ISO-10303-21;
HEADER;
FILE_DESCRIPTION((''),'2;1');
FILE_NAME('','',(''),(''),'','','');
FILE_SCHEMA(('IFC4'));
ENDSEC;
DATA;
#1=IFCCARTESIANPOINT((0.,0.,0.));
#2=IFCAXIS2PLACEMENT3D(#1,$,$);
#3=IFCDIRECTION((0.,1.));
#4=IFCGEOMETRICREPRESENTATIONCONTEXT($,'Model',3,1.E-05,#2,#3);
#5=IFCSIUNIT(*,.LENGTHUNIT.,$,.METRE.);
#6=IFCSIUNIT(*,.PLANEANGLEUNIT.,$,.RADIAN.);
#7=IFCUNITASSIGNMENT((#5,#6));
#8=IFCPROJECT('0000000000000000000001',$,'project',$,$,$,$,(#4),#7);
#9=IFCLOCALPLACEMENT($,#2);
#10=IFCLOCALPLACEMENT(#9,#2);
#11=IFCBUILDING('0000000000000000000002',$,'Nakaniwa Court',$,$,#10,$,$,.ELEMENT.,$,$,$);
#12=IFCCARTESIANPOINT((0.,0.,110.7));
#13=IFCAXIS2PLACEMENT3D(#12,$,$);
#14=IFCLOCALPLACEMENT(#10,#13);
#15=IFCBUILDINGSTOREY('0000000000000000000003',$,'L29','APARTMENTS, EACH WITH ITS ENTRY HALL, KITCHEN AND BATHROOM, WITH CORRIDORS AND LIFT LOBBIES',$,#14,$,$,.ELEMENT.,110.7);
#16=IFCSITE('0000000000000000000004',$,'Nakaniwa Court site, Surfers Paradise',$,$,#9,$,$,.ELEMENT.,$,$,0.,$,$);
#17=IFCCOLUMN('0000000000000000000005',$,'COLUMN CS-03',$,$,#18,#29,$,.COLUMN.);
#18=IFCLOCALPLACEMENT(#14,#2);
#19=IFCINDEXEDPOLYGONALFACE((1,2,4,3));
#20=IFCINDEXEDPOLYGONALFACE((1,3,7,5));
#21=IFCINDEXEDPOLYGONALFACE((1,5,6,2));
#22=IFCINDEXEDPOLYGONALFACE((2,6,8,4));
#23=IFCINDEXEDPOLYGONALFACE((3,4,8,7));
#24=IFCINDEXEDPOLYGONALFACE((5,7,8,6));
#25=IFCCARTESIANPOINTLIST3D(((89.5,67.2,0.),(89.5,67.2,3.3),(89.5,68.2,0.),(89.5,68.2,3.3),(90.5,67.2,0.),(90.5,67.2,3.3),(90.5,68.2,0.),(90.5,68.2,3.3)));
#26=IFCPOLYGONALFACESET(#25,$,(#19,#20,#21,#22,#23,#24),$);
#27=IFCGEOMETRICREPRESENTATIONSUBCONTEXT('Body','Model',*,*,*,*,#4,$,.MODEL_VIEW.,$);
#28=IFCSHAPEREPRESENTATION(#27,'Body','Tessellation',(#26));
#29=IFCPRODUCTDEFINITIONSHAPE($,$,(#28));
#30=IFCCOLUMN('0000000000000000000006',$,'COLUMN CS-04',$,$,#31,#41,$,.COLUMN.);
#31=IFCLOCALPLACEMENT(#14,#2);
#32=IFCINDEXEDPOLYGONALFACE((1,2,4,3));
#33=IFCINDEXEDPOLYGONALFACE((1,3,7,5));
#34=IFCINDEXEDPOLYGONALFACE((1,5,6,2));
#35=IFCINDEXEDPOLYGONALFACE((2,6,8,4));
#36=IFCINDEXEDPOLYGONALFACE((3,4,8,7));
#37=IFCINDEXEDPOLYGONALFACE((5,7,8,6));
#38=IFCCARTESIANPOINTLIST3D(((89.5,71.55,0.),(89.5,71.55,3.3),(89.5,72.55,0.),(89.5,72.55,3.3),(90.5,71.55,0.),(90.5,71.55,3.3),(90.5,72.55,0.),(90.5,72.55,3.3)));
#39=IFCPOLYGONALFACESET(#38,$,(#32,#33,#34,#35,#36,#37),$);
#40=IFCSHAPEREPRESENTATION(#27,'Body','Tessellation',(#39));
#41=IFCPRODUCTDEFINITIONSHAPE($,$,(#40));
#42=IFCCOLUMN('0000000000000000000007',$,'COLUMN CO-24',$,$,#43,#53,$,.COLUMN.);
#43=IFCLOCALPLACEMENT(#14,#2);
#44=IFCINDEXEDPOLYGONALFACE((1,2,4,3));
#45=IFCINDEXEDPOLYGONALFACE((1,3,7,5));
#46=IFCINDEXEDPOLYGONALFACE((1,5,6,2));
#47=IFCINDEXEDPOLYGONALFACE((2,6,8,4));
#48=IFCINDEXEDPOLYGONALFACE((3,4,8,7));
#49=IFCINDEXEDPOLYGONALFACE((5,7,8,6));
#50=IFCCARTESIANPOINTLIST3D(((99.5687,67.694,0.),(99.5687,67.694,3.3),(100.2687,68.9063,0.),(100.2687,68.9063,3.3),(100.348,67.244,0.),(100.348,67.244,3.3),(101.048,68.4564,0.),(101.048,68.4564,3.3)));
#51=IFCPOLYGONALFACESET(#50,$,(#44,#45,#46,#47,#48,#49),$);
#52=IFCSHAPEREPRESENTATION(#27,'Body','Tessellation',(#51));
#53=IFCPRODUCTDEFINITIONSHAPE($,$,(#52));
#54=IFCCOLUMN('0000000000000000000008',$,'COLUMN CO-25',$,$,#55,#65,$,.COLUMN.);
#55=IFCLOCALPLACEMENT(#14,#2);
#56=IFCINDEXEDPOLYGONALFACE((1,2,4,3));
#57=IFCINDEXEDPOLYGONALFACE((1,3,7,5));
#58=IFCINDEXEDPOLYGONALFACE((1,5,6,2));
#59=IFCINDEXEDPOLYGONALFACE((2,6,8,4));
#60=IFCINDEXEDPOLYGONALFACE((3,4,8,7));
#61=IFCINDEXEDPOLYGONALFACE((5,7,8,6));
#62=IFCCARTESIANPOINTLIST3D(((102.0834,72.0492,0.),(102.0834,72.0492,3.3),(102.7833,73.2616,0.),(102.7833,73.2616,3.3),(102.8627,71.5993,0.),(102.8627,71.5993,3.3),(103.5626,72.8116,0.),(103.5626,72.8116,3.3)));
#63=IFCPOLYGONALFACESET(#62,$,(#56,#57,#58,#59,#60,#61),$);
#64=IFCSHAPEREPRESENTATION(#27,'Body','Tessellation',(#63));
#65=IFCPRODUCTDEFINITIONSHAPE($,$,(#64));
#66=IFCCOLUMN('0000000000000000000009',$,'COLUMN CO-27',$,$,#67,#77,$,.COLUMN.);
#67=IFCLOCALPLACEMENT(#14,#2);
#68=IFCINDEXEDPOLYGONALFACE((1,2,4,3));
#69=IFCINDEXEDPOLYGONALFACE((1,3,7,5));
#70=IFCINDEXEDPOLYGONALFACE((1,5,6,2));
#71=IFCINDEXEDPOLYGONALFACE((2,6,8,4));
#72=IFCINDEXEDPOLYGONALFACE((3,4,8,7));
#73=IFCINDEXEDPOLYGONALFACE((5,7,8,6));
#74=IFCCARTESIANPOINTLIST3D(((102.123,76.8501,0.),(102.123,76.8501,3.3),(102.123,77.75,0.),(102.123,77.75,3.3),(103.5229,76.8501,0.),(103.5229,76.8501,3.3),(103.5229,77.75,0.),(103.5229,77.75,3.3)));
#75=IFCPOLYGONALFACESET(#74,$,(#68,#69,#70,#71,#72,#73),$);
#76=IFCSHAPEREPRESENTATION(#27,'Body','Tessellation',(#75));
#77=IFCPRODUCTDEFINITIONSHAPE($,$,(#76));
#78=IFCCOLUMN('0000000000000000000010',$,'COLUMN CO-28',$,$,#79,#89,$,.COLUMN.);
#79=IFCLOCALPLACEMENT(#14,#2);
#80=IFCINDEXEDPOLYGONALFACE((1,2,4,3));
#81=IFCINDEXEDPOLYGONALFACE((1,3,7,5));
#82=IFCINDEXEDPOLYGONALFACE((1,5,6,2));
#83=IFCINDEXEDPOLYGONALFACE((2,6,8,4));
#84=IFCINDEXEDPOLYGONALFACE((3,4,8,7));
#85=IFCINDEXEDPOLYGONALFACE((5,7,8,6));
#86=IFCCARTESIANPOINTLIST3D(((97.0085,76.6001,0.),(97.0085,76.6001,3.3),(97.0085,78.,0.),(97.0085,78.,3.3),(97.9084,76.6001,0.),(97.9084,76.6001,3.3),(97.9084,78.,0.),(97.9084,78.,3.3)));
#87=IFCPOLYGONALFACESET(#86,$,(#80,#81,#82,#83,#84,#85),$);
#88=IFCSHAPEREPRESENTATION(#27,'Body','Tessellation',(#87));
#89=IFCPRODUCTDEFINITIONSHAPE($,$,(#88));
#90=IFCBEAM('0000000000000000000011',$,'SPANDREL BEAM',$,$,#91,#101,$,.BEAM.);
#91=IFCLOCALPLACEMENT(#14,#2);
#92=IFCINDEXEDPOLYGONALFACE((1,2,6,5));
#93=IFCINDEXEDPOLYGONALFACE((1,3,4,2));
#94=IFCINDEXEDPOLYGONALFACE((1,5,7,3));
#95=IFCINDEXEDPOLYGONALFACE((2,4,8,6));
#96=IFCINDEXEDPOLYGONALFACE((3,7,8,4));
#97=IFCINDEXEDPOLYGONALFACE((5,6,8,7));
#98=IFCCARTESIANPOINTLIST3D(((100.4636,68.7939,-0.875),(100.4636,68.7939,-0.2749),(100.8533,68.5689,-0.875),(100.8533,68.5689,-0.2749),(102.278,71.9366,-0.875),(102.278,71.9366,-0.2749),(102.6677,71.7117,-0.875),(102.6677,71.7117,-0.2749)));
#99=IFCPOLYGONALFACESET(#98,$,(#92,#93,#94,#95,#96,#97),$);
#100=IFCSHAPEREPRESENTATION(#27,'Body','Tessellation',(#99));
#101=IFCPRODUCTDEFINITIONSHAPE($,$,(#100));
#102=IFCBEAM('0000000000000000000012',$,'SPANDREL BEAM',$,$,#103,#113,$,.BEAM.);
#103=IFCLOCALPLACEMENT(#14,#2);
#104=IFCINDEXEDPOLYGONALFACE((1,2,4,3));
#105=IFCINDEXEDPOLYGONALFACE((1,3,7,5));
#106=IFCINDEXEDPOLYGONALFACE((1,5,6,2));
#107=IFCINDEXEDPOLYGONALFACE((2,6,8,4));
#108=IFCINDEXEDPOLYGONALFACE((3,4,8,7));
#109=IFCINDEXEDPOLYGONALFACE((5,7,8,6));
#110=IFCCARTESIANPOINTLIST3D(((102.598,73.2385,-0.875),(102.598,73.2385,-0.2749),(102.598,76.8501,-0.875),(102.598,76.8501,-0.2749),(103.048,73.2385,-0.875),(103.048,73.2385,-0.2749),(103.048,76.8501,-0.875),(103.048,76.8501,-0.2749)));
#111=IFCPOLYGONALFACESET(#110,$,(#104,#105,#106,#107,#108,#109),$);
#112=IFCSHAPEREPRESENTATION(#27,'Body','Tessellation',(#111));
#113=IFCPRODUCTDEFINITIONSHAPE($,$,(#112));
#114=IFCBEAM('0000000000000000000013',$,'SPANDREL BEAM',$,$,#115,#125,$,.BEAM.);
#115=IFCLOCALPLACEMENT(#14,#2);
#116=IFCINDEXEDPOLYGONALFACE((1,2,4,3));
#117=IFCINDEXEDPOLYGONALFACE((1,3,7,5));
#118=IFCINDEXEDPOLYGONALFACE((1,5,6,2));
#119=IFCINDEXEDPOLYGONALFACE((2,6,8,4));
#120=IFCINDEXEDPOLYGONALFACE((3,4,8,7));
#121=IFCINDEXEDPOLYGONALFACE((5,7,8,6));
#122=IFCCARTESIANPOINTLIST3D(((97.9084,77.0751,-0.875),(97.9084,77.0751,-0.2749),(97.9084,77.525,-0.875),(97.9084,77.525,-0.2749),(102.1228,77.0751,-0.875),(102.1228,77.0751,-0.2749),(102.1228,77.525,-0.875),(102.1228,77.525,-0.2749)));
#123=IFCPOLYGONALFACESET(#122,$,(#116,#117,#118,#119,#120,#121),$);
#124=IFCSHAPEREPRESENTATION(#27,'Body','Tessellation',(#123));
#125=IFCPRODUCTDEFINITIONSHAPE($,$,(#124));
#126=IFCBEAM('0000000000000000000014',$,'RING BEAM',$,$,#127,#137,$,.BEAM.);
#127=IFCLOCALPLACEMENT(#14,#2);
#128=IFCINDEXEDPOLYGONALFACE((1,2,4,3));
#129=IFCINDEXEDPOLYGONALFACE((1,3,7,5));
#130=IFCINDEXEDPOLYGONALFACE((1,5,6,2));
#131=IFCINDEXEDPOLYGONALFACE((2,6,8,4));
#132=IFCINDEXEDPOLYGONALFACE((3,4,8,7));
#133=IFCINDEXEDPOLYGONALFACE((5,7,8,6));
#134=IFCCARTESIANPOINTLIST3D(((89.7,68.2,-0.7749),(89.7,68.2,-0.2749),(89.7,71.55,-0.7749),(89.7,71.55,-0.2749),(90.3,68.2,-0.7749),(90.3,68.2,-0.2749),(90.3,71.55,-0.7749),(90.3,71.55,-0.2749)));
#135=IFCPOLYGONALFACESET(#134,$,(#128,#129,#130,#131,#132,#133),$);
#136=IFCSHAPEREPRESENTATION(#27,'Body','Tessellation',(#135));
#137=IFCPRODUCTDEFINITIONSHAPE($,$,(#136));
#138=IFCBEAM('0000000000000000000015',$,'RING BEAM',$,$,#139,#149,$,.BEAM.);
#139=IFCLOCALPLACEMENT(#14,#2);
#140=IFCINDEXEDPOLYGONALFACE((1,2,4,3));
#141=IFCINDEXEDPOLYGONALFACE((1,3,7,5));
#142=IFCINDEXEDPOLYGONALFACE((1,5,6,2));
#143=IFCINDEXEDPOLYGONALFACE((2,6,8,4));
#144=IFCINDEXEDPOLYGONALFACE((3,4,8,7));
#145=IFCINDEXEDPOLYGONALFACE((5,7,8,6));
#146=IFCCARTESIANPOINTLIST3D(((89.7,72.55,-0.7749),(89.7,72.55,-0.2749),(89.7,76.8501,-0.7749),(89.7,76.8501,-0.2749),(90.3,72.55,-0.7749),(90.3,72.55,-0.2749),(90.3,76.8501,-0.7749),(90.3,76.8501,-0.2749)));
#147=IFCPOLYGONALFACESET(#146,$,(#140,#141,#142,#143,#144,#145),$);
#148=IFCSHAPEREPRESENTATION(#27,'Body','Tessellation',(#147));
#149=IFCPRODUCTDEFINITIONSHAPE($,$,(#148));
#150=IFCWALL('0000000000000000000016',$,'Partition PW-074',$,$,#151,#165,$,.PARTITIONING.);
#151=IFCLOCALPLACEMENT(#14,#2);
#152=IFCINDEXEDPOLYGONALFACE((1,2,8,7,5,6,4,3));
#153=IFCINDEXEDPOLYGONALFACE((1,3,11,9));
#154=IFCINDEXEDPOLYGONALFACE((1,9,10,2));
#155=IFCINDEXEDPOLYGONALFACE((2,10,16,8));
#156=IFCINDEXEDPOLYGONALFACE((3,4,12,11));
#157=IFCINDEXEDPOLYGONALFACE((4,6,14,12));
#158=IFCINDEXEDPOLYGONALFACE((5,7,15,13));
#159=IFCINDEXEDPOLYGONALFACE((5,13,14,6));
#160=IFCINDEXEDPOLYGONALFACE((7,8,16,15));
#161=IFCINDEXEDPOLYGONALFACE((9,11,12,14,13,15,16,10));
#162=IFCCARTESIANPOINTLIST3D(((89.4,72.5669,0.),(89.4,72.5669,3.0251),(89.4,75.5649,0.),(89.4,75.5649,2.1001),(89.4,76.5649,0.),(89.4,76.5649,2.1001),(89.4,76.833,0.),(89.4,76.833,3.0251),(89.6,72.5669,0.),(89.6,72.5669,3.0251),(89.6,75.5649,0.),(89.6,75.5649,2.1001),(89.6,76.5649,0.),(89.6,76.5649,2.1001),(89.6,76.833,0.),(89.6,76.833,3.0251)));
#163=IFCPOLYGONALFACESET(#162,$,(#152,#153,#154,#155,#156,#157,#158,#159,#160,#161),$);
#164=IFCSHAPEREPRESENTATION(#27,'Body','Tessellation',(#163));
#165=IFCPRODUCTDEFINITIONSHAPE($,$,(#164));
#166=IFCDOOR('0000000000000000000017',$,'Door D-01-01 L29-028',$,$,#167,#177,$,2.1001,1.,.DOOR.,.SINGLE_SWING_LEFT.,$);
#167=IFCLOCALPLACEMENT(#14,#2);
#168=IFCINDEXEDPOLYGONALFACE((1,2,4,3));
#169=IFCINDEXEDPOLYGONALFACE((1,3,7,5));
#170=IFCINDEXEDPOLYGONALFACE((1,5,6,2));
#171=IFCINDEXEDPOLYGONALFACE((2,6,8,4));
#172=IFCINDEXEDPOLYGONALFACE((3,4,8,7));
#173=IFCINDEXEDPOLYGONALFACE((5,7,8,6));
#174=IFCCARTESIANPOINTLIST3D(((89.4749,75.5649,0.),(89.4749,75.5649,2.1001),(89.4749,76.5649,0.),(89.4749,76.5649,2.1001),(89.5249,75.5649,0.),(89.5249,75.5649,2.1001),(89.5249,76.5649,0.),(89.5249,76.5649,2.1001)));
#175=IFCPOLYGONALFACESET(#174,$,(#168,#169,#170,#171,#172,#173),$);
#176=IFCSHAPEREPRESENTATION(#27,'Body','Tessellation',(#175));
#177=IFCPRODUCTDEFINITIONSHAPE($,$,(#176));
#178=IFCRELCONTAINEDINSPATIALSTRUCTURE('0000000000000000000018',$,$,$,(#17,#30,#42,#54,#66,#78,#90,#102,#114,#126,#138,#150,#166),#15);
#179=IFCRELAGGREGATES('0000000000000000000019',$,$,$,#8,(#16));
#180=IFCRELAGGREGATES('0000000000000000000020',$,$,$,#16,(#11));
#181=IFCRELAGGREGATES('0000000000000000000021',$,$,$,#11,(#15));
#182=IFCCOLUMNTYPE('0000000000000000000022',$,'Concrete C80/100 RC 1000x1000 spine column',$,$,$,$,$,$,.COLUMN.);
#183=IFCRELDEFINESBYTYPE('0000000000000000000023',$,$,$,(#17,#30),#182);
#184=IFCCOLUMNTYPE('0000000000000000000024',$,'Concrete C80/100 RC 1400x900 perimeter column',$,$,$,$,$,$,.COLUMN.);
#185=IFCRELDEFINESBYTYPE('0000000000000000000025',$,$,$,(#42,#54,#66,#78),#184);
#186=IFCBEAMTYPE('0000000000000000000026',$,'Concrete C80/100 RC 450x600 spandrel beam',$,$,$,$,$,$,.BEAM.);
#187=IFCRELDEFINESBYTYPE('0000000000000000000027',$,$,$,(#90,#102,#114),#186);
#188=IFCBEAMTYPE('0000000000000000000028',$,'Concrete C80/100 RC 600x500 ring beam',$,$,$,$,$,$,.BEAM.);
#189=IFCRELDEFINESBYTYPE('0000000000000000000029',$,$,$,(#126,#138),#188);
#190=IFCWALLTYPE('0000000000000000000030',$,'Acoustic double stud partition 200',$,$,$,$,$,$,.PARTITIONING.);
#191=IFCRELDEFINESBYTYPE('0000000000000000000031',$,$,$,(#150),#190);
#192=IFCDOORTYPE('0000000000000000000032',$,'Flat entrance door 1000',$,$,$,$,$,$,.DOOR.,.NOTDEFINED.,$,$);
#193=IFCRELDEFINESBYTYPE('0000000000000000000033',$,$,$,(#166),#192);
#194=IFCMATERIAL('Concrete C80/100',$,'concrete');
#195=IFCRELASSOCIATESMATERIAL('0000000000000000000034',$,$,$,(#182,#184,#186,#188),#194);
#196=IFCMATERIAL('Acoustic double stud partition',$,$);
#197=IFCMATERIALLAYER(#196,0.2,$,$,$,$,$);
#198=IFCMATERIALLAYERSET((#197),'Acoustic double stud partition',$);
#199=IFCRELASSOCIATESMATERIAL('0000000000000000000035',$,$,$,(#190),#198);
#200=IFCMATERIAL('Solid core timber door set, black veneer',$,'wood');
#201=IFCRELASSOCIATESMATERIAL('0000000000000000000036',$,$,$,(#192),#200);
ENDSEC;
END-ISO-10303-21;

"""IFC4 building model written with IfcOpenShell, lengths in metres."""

from ifc_helpers import new_model, si_unit, direction, frame, frame_2d, origin, origin_2d, place, context, subcontext, project, spatial, rectangle, extrude, material, layer, layer_set, material_profile, profile_set, type_object, element, fill, save


model = new_model("IFC4")

# Units and contexts
model_context = context("Model", 3, precision=1e-05, world=origin(), true_north=direction((0.0, 1.0)))
body_context = subcontext(model_context, "Body", "Model", "MODEL_VIEW")
ifc_project = project(units=[si_unit("LENGTHUNIT", "METRE"), si_unit("PLANEANGLEUNIT", "RADIAN")], contexts=[model_context])

# Site, building, storey
site_placement = place(None, origin())
site = spatial("IfcSite", under=ifc_project, at=site_placement, Name="Nakaniwa Court site, Surfers Paradise", CompositionType="ELEMENT", RefElevation=0.0)
building_placement = place(site_placement, origin())
building = spatial("IfcBuilding", under=site, at=building_placement, Name="Nakaniwa Court", CompositionType="ELEMENT")
storey_placement = place(building_placement, frame((0.0, 0.0, 110.7)))
storey = spatial("IfcBuildingStorey", under=building, at=storey_placement, Name="L29", Description="APARTMENTS, EACH WITH ITS ENTRY HALL, KITCHEN AND BATHROOM, WITH CORRIDORS AND LIFT LOBBIES", CompositionType="ELEMENT", Elevation=110.7)

# Columns
ifc_material_1 = material(Name="Concrete C80/100", Category="concrete")
ifc_material_profile_1 = material_profile(ifc_material_1, rectangle(XDim=1.0, YDim=1.0, at=origin_2d()), Name="Concrete C80/100 RC 1000x1000 spine column")
ifc_profile_set_1 = profile_set([ifc_material_profile_1], Name="Concrete C80/100")
column_type_1 = type_object("IfcColumnType", Name="Concrete C80/100 RC 1000x1000 spine column", PredefinedType="COLUMN", material=ifc_profile_set_1)
for number, where, z_axis, x_axis, name in (
    (1, (90.0, 67.7, 0.0), (0.0, 0.0, 1.0), (0.0, 1.0, 0.0), "COLUMN CS-03"),
    (2, (90.0, 72.05, 0.0), (0.0, 0.0, 1.0), (0.0, 1.0, 0.0), "COLUMN CS-04"),
):
    element("IfcColumn", number, at=place(storey_placement, frame(where, z_axis=z_axis, x_axis=x_axis)), inside=storey, type_object=column_type_1, Name=name, PredefinedType="COLUMN", context=body_context, shape_type="SweptSolid", body=[
        extrude(rectangle(XDim=1.0, YDim=1.0, at=origin_2d()), origin(), (0.0, 0.0, 1.0), 3.3),
    ])
ifc_material_profile_2 = material_profile(ifc_material_1, rectangle(XDim=1.3999, YDim=0.8999, at=origin_2d()), Name="Concrete C80/100 RC 1400x900 perimeter column")
ifc_profile_set_2 = profile_set([ifc_material_profile_2], Name="Concrete C80/100")
column_type_2 = type_object("IfcColumnType", Name="Concrete C80/100 RC 1400x900 perimeter column", PredefinedType="COLUMN", material=ifc_profile_set_2)
for number, where, z_axis, x_axis, name in (
    (3, (100.3083, 68.0752, 0.0), (0.0, 0.0, 1.0), (0.5, 0.866025, 0.0), "COLUMN CO-24"),
    (4, (102.823, 72.4304, 0.0), (0.0, 0.0, 1.0), (0.5, 0.866025, 0.0), "COLUMN CO-25"),
    (5, (102.823, 77.3, 0.0), (0.0, 0.0, 1.0), (-1.0, 0.0, 0.0), "COLUMN CO-27"),
    (6, (97.4585, 77.3, 0.0), (0.0, 0.0, 1.0), (0.0, 1.0, 0.0), "COLUMN CO-28"),
):
    element("IfcColumn", number, at=place(storey_placement, frame(where, z_axis=z_axis, x_axis=x_axis)), inside=storey, type_object=column_type_2, Name=name, PredefinedType="COLUMN", context=body_context, shape_type="SweptSolid", body=[
        extrude(rectangle(XDim=1.3999, YDim=0.8999, at=origin_2d()), origin(), (0.0, 0.0, 1.0), 3.3),
    ])

# Beams
ifc_material_profile_3 = material_profile(ifc_material_1, rectangle(XDim=0.45, YDim=0.6001, at=origin_2d()), Name="Concrete C80/100 RC 450x600 spandrel beam")
ifc_profile_set_3 = profile_set([ifc_material_profile_3], Name="Concrete C80/100")
beam_type_1 = type_object("IfcBeamType", Name="Concrete C80/100 RC 450x600 spandrel beam", PredefinedType="BEAM", material=ifc_profile_set_3)
beam_1_placement = place(storey_placement, frame((100.6584, 68.6814, -0.575), z_axis=(0.499988, 0.866032, 0.0), x_axis=(-0.866032, 0.499988, 0.0)))
element("IfcBeam", 7, at=beam_1_placement, inside=storey, type_object=beam_type_1, Name="SPANDREL BEAM", PredefinedType="BEAM", context=body_context, shape_type="SweptSolid", body=[
    extrude(rectangle(XDim=0.45, YDim=0.6001, at=origin_2d()), origin(), (0.0, 0.0, 1.0), 3.6289),
])
beam_2_placement = place(storey_placement, frame((102.823, 73.2385, -0.575), z_axis=(0.0, 1.0, 0.0), x_axis=(-1.0, 0.0, 0.0)))
element("IfcBeam", 8, at=beam_2_placement, inside=storey, type_object=beam_type_1, Name="SPANDREL BEAM", PredefinedType="BEAM", context=body_context, shape_type="SweptSolid", body=[
    extrude(rectangle(XDim=0.45, YDim=0.6001, at=origin_2d()), origin(), (0.0, 0.0, 1.0), 3.6116),
])
beam_3_placement = place(storey_placement, frame((102.1228, 77.3, -0.575), z_axis=(-1.0, 0.0, 0.0), x_axis=(0.0, -1.0, 0.0)))
element("IfcBeam", 9, at=beam_3_placement, inside=storey, type_object=beam_type_1, Name="SPANDREL BEAM", PredefinedType="BEAM", context=body_context, shape_type="SweptSolid", body=[
    extrude(rectangle(XDim=0.45, YDim=0.6001, at=origin_2d()), origin(), (0.0, 0.0, 1.0), 4.2144),
])
ifc_material_profile_4 = material_profile(ifc_material_1, rectangle(XDim=0.6001, YDim=0.5, at=origin_2d()), Name="Concrete C80/100 RC 600x500 ring beam")
ifc_profile_set_4 = profile_set([ifc_material_profile_4], Name="Concrete C80/100")
beam_type_2 = type_object("IfcBeamType", Name="Concrete C80/100 RC 600x500 ring beam", PredefinedType="BEAM", material=ifc_profile_set_4)
beam_4_placement = place(storey_placement, frame((90.0, 68.2, -0.5249), z_axis=(0.0, 1.0, 0.0), x_axis=(-1.0, 0.0, 0.0)))
element("IfcBeam", 10, at=beam_4_placement, inside=storey, type_object=beam_type_2, Name="RING BEAM", PredefinedType="BEAM", context=body_context, shape_type="SweptSolid", body=[
    extrude(rectangle(XDim=0.6001, YDim=0.5, at=origin_2d()), origin(), (0.0, 0.0, 1.0), 3.3501),
])
beam_5_placement = place(storey_placement, frame((90.0, 72.55, -0.5249), z_axis=(0.0, 1.0, 0.0), x_axis=(-1.0, 0.0, 0.0)))
element("IfcBeam", 11, at=beam_5_placement, inside=storey, type_object=beam_type_2, Name="RING BEAM", PredefinedType="BEAM", context=body_context, shape_type="SweptSolid", body=[
    extrude(rectangle(XDim=0.6001, YDim=0.5, at=origin_2d()), origin(), (0.0, 0.0, 1.0), 4.3),
])

# Wall, opening, door
ifc_material_2 = material(Name="Acoustic double stud partition")
ifc_layer_1 = layer(ifc_material_2, 0.2)
ifc_layer_set_1 = layer_set([ifc_layer_1], Name="Acoustic double stud partition")
wall_type_1 = type_object("IfcWallType", Name="Acoustic double stud partition 200", PredefinedType="PARTITIONING", material=ifc_layer_set_1)
wall_1_placement = place(storey_placement, frame((89.5, 76.833, 0.0), z_axis=(0.0, 0.0, 1.0), x_axis=(0.0, -1.0, 0.0)))
wall_1 = element("IfcWall", 12, at=wall_1_placement, inside=storey, type_object=wall_type_1, Name="Partition PW-074", PredefinedType="PARTITIONING", context=body_context, shape_type="SweptSolid", body=[
    extrude(rectangle(XDim=4.2661, YDim=0.2, at=frame_2d((2.1331, 0.0))), origin(), (0.0, 0.0, 1.0), 3.0251),
])
opening_1_placement = place(wall_1_placement, frame((0.2681, 0.0, 0.0)))
opening_1 = element("IfcOpeningElement", 13, at=opening_1_placement, cuts=wall_1, PredefinedType="OPENING", context=body_context, shape_type="SweptSolid", body=[
    extrude(rectangle(XDim=1.0, YDim=2.1001, at=frame_2d((0.5, 1.05))), frame((0.0, 0.1099, 0.0), z_axis=(0.0, -1.0, 0.0), x_axis=(1.0, 0.0, 0.0)), (0.0, 0.0, 1.0), 0.22),
])
ifc_material_3 = material(Name="Solid core timber door set, black veneer", Category="wood")
door_type_1 = type_object("IfcDoorType", Name="Flat entrance door 1000", OperationType="NOTDEFINED", PredefinedType="DOOR", material=ifc_material_3)
door_1_placement = place(opening_1_placement, origin())
door_1 = element("IfcDoor", 14, at=door_1_placement, inside=storey, type_object=door_type_1, Name="Door D-01-01 L29-028", OperationType="SINGLE_SWING_LEFT", OverallHeight=2.1001, OverallWidth=1.0, PredefinedType="DOOR", context=body_context, shape_type="SweptSolid", body=[
    extrude(rectangle(XDim=1.0, YDim=2.1001, at=frame_2d((0.5, 1.05))), frame((0.0, 0.0249, 0.0), z_axis=(0.0, -1.0, 0.0), x_axis=(1.0, 0.0, 0.0)), (0.0, 0.0, 1.0), 0.05),
])
fill(opening_1, door_1)

save(model, "model.ifc")
